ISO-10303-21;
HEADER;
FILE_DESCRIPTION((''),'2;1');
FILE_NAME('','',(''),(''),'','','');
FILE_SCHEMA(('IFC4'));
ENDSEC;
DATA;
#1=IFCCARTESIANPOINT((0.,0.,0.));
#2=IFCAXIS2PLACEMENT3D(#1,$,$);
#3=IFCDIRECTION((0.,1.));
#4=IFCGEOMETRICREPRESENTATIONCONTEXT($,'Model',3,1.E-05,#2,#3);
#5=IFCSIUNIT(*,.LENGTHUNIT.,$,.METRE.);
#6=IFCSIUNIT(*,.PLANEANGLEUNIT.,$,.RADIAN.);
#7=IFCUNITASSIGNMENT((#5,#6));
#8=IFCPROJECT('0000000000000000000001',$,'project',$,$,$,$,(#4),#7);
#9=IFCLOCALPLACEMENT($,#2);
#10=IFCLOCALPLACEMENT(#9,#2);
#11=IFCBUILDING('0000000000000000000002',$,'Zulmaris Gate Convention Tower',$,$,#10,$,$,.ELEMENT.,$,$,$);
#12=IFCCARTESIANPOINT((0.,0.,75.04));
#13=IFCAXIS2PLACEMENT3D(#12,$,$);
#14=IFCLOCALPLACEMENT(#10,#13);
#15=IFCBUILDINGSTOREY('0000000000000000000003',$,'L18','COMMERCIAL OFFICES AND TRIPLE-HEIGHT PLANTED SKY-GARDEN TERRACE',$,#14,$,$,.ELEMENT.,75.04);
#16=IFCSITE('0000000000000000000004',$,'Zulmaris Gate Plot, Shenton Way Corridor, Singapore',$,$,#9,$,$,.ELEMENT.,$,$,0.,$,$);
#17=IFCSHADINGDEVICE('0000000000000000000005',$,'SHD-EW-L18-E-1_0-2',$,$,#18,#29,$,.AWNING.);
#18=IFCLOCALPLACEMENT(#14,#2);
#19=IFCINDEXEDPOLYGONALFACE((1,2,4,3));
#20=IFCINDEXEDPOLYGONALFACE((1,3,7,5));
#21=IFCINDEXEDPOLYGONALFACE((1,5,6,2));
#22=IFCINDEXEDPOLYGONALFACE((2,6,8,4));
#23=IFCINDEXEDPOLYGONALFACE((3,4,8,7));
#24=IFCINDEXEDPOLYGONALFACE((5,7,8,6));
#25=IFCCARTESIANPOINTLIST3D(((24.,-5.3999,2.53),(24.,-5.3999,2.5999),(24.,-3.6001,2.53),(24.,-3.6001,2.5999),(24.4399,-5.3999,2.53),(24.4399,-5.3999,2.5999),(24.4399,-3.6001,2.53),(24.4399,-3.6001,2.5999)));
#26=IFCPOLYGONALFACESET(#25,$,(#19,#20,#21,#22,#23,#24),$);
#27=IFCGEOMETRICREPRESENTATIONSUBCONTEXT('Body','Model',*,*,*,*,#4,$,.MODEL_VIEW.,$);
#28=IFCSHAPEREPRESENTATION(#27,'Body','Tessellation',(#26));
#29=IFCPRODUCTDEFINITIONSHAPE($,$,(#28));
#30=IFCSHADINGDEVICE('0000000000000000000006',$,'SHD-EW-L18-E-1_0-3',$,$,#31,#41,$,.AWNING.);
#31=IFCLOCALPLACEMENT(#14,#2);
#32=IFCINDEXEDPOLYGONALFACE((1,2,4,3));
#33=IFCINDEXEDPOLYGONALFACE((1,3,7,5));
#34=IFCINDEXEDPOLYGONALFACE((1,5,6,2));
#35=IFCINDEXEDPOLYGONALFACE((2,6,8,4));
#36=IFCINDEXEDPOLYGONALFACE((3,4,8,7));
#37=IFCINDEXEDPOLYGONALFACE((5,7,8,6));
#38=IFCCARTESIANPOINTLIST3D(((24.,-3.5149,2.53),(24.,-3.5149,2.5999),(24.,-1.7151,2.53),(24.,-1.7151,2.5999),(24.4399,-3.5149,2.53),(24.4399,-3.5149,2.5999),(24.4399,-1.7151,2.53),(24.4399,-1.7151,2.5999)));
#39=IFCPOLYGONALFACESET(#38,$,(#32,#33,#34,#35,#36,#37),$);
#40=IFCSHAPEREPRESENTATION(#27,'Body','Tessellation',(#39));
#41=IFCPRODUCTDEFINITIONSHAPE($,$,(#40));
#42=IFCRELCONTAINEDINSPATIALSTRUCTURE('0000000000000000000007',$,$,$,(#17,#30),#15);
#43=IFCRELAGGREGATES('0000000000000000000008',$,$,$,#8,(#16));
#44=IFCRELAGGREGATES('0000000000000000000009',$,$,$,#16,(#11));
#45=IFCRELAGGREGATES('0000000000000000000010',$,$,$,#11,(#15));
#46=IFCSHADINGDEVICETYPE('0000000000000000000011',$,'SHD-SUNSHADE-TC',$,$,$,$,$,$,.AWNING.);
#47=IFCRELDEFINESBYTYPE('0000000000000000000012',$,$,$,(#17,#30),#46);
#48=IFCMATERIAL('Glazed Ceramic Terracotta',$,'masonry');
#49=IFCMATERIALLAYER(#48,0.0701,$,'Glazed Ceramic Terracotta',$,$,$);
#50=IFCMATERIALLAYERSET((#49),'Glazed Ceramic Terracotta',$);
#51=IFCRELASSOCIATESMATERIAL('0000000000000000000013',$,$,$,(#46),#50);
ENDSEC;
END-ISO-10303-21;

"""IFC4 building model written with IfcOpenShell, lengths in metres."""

from ifc_helpers import new_model, si_unit, direction, frame, frame_2d, origin, place, context, subcontext, project, spatial, rectangle, extrude, material, layer, layer_set, type_object, element, save


model = new_model("IFC4")

# Units and contexts
model_context = context("Model", 3, precision=1e-05, world=origin(), true_north=direction((0.0, 1.0)))
body_context = subcontext(model_context, "Body", "Model", "MODEL_VIEW")
ifc_project = project(units=[si_unit("LENGTHUNIT", "METRE"), si_unit("PLANEANGLEUNIT", "RADIAN")], contexts=[model_context])

# Site, building, storey
site_placement = place(None, origin())
site = spatial("IfcSite", under=ifc_project, at=site_placement, Name="Zulmaris Gate Plot, Shenton Way Corridor, Singapore", CompositionType="ELEMENT", RefElevation=0.0)
building_placement = place(site_placement, origin())
building = spatial("IfcBuilding", under=site, at=building_placement, Name="Zulmaris Gate Convention Tower", CompositionType="ELEMENT")
storey_placement = place(building_placement, frame((0.0, 0.0, 75.04)))
storey = spatial("IfcBuildingStorey", under=building, at=storey_placement, Name="L18", Description="COMMERCIAL OFFICES AND TRIPLE-HEIGHT PLANTED SKY-GARDEN TERRACE", CompositionType="ELEMENT", Elevation=75.04)

# Shading devices
ifc_material_1 = material(Name="Glazed Ceramic Terracotta", Category="masonry")
ifc_layer_1 = layer(ifc_material_1, 0.0701, Name="Glazed Ceramic Terracotta")
ifc_layer_set_1 = layer_set([ifc_layer_1], Name="Glazed Ceramic Terracotta")
shading_device_type = type_object("IfcShadingDeviceType", Name="SHD-SUNSHADE-TC", PredefinedType="AWNING", material=ifc_layer_set_1)
for number, where, z_axis, x_axis, name in (
    (1, (24.22, -5.3999, 2.53), (0.0, 0.0, 1.0), (0.0, 1.0, 0.0), "SHD-EW-L18-E-1_0-2"),
    (2, (24.22, -3.5149, 2.53), (0.0, 0.0, 1.0), (0.0, 1.0, 0.0), "SHD-EW-L18-E-1_0-3"),
):
    element("IfcShadingDevice", number, at=place(storey_placement, frame(where, z_axis=z_axis, x_axis=x_axis)), inside=storey, type_object=shading_device_type, Name=name, PredefinedType="AWNING", context=body_context, shape_type="SweptSolid", body=[
        extrude(rectangle(XDim=1.7998, YDim=0.4399, at=frame_2d((0.8999, 0.0))), origin(), (0.0, 0.0, 1.0), 0.0698),
    ])

save(model, "model.ifc")
